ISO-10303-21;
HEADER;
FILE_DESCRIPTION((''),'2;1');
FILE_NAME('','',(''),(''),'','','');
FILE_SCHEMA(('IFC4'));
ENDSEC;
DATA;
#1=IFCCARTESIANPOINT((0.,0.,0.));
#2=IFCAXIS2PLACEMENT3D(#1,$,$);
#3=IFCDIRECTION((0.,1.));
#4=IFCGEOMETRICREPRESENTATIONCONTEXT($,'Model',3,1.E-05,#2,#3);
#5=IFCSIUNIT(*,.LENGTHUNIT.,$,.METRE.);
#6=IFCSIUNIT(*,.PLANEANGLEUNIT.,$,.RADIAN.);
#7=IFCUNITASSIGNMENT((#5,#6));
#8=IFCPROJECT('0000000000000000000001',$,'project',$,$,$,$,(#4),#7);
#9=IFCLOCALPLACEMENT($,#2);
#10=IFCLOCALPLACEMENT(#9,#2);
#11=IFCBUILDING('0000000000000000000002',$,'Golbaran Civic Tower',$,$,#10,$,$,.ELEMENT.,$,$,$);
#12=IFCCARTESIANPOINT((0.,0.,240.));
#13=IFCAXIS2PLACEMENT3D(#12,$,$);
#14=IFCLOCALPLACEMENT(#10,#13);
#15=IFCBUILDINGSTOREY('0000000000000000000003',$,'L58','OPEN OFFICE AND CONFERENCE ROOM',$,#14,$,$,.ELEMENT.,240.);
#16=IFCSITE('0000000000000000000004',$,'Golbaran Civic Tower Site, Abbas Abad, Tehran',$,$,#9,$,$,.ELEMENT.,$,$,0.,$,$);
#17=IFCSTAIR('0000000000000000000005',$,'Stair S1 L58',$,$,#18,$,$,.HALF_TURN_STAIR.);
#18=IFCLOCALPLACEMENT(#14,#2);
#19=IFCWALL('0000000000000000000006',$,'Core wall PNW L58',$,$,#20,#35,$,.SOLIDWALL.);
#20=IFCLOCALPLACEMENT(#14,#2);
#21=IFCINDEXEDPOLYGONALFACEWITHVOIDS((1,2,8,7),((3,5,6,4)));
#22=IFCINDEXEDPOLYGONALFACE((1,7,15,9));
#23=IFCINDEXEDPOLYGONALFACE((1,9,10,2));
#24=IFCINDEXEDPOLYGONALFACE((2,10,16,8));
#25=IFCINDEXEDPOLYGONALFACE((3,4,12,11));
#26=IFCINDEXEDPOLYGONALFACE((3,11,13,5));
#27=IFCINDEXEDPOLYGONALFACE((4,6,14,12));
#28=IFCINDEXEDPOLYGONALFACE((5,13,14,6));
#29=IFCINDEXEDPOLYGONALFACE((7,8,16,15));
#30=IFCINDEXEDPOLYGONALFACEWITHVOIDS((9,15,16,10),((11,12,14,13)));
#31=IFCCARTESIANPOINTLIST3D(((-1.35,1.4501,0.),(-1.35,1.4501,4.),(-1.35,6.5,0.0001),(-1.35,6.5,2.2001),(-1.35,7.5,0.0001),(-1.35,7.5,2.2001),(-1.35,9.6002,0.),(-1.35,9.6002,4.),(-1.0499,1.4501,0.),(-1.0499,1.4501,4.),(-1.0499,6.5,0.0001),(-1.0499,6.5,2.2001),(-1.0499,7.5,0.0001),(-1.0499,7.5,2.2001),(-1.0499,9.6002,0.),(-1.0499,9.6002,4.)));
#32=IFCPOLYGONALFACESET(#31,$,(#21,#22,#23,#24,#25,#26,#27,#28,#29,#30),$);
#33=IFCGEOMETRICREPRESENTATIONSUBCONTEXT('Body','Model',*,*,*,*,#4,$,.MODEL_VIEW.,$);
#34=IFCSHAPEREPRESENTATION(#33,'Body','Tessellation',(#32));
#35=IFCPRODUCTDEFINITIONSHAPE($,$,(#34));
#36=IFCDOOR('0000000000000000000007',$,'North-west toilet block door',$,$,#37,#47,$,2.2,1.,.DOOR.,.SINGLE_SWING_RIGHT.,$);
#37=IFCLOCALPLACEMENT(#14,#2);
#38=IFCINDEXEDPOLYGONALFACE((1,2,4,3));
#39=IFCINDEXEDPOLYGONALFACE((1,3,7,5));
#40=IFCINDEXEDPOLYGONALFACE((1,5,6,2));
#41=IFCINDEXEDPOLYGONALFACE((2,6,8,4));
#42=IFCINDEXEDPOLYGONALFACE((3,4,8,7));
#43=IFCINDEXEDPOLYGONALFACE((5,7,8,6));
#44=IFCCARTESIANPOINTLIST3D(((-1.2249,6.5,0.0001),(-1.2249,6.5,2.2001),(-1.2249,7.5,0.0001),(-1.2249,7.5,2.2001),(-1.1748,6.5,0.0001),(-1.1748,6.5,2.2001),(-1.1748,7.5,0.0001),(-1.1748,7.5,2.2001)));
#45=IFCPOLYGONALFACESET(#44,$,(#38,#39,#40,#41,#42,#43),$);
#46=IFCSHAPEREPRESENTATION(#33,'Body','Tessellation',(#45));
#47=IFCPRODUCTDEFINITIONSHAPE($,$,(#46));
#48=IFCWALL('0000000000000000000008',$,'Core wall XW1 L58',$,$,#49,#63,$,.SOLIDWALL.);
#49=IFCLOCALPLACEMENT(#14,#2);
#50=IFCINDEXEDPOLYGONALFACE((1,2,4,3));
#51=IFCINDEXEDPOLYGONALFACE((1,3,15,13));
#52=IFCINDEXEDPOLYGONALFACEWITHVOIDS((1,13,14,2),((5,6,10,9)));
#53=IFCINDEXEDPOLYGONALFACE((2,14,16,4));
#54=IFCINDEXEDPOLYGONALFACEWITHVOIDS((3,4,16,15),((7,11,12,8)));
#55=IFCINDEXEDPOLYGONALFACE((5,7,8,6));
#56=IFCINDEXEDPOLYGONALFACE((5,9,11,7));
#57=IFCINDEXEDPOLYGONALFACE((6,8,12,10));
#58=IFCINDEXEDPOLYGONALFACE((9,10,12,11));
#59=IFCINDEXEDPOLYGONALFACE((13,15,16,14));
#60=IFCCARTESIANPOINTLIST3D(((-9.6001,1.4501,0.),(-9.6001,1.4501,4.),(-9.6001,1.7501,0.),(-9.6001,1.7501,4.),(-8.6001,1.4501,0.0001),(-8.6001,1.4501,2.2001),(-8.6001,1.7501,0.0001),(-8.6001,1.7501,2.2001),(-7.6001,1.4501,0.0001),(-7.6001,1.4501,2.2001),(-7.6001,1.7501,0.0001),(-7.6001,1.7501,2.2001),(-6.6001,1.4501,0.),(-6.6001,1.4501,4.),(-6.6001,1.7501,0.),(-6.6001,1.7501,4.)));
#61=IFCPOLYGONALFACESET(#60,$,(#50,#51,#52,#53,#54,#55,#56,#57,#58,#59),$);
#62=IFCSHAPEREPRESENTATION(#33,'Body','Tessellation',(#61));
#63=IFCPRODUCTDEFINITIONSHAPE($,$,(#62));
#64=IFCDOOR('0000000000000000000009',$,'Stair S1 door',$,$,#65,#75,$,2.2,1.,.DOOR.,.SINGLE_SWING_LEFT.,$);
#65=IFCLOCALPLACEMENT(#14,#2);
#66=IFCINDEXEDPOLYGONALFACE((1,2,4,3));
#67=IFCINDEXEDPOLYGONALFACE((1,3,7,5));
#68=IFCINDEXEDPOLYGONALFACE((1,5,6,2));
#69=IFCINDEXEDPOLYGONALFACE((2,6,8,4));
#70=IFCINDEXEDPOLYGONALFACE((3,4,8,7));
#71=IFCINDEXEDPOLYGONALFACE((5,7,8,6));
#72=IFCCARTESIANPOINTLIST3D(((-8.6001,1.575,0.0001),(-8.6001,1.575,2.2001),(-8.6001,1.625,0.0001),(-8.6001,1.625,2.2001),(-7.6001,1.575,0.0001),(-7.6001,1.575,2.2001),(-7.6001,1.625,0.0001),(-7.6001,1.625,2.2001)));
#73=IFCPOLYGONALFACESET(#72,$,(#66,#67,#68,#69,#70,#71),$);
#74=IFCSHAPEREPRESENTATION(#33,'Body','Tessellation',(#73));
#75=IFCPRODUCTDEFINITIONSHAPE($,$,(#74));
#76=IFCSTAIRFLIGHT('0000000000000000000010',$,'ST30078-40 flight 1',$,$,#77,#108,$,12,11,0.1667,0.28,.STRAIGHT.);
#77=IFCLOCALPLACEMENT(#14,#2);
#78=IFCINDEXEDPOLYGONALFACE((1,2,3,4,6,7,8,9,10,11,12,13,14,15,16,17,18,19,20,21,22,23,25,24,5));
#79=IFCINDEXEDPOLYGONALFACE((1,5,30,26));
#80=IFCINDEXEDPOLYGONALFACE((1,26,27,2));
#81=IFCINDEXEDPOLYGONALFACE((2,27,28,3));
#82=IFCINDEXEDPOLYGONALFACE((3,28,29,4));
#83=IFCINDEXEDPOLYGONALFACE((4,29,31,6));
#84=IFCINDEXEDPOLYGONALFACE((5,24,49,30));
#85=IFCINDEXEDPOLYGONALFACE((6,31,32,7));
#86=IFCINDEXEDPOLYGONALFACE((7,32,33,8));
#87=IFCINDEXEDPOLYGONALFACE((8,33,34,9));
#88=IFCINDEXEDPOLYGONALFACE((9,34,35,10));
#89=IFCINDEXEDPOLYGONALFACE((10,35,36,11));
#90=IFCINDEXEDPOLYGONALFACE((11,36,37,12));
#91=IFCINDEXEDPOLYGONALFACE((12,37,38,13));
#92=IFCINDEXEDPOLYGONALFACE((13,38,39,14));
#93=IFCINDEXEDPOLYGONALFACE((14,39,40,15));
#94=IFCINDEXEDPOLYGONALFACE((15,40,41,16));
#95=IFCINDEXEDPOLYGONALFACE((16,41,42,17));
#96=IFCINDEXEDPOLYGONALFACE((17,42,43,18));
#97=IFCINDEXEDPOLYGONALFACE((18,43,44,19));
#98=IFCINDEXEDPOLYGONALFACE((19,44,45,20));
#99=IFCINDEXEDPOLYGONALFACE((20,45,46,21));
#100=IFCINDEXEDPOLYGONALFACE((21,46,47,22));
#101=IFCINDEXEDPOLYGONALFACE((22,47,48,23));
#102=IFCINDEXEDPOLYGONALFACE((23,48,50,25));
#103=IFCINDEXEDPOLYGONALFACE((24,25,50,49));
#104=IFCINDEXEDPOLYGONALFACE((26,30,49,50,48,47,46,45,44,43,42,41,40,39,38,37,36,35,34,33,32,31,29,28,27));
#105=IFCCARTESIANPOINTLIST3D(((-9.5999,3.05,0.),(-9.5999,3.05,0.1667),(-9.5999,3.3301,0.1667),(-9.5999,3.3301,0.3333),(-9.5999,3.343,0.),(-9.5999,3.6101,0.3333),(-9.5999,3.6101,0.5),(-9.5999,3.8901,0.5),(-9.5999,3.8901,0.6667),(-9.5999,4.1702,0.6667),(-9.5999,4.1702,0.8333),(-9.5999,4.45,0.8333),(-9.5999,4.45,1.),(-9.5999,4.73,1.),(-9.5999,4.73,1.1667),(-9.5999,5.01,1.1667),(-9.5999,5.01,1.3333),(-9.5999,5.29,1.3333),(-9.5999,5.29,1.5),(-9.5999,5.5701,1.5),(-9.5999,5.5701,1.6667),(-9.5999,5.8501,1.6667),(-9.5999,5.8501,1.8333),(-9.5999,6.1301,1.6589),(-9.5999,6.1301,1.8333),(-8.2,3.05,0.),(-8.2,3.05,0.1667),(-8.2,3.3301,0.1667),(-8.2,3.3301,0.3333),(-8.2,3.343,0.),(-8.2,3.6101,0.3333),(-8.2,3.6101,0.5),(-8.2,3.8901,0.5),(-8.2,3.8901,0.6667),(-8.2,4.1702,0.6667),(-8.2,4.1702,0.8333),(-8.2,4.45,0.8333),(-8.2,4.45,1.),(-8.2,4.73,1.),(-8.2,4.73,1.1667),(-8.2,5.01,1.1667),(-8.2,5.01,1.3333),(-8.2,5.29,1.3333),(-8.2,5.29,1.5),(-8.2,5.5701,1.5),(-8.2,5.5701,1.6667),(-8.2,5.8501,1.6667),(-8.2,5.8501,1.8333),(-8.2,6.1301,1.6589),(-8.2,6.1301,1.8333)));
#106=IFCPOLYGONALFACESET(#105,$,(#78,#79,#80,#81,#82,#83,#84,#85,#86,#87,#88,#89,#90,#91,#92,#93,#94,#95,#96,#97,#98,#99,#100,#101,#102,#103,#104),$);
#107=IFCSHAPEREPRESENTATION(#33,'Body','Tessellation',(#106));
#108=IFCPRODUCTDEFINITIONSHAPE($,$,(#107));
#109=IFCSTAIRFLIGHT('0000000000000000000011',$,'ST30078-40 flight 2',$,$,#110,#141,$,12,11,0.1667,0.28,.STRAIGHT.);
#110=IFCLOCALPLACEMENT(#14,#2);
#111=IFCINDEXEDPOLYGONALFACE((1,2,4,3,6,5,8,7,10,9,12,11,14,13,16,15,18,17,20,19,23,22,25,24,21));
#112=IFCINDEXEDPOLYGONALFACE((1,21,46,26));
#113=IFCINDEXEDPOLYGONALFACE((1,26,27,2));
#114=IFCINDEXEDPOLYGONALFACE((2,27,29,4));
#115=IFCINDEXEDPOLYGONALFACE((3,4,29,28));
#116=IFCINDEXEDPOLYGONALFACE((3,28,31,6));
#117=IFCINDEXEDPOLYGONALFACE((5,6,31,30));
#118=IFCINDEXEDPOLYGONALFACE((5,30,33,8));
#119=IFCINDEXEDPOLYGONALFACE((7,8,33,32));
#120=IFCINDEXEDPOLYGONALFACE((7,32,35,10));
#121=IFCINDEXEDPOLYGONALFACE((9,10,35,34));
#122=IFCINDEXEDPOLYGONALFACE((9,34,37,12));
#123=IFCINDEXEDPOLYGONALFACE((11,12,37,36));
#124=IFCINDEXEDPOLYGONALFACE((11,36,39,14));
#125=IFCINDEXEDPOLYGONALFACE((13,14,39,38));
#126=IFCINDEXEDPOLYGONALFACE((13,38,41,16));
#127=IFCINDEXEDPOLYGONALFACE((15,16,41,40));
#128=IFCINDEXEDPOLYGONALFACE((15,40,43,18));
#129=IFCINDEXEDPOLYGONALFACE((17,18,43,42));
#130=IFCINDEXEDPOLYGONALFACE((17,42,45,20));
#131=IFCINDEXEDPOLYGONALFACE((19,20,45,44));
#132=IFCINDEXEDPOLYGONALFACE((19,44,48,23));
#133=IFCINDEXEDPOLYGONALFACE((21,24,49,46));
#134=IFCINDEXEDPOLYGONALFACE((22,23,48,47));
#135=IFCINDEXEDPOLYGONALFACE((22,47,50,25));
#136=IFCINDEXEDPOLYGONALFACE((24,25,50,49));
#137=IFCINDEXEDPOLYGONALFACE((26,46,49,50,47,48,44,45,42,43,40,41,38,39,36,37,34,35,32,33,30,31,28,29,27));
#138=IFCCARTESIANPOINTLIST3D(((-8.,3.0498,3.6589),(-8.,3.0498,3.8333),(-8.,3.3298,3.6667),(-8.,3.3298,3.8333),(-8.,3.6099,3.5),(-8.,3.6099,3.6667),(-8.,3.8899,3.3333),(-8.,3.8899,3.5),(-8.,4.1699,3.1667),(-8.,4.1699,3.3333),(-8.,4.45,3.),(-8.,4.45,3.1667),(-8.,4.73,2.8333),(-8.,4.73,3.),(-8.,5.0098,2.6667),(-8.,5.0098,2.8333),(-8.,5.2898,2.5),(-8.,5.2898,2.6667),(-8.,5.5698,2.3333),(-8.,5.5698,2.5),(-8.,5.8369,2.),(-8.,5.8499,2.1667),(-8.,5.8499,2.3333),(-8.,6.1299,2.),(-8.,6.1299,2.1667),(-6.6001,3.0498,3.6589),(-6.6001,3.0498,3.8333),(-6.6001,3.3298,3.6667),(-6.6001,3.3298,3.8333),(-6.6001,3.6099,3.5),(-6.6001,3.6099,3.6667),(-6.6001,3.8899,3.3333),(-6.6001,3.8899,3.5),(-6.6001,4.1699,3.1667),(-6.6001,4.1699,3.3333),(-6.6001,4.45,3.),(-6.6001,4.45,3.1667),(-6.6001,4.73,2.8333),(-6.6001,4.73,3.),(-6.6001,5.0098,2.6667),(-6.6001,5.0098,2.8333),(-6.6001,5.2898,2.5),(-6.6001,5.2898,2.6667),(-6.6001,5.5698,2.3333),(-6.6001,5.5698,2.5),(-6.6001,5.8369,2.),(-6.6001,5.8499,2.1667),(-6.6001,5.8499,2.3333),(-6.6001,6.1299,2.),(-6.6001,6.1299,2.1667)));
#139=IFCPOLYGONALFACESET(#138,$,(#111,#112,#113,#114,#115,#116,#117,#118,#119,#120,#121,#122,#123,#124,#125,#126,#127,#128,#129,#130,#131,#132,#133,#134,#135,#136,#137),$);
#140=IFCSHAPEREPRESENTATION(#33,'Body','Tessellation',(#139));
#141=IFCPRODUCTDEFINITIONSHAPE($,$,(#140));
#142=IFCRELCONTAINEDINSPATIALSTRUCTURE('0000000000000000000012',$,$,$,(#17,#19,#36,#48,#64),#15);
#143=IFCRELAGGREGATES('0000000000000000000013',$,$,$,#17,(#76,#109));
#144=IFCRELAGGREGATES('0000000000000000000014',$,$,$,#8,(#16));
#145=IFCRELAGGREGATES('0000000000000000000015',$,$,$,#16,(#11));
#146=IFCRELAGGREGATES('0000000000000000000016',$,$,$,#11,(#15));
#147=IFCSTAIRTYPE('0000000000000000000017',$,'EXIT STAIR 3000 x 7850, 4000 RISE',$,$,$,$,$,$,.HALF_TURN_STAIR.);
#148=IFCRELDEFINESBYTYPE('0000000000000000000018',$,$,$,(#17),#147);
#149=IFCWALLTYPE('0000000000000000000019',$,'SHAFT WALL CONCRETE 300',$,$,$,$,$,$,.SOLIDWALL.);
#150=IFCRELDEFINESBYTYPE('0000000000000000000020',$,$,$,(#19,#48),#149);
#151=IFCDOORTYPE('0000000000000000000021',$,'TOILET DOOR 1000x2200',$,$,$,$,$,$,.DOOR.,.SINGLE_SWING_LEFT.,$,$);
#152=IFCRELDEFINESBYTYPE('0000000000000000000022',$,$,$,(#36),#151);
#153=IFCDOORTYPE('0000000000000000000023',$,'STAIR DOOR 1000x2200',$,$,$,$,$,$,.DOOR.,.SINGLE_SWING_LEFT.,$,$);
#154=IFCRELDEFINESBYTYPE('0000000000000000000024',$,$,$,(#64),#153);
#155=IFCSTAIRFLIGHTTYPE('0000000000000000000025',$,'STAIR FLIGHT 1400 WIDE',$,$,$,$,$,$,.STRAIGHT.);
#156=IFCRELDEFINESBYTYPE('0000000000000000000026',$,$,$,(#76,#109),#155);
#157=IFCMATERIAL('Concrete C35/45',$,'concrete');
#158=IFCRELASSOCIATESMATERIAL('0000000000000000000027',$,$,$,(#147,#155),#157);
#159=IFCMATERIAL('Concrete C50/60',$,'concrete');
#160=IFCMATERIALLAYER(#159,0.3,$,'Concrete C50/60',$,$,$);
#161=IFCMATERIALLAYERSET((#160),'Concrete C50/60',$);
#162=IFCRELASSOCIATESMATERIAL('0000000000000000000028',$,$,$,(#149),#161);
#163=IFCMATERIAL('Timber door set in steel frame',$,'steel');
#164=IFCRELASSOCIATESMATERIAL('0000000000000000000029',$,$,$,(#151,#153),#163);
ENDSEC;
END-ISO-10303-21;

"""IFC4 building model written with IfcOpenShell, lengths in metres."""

from ifc_helpers import new_model, si_unit, direction, frame, frame_2d, origin, place, context, subcontext, project, spatial, polyline, rectangle, outline, extrude, material, layer, layer_set, type_object, element, fill, aggregate, save


model = new_model("IFC4")

# Units and contexts
model_context = context("Model", 3, precision=1e-05, world=origin(), true_north=direction((0.0, 1.0)))
body_context = subcontext(model_context, "Body", "Model", "MODEL_VIEW")
ifc_project = project(units=[si_unit("LENGTHUNIT", "METRE"), si_unit("PLANEANGLEUNIT", "RADIAN")], contexts=[model_context])

# Site, building, storey
site_placement = place(None, origin())
site = spatial("IfcSite", under=ifc_project, at=site_placement, Name="Golbaran Civic Tower Site, Abbas Abad, Tehran", CompositionType="ELEMENT", RefElevation=0.0)
building_placement = place(site_placement, origin())
building = spatial("IfcBuilding", under=site, at=building_placement, Name="Golbaran Civic Tower", CompositionType="ELEMENT")
storey_placement = place(building_placement, frame((0.0, 0.0, 240.0)))
storey = spatial("IfcBuildingStorey", under=building, at=storey_placement, Name="L58", Description="OPEN OFFICE AND CONFERENCE ROOM", CompositionType="ELEMENT", Elevation=240.0)

# Shared definitions
ifc_material_1 = material(Name="Concrete C35/45", Category="concrete")

# Stair
stair_type = type_object("IfcStairType", Name="EXIT STAIR 3000 x 7850, 4000 RISE", PredefinedType="HALF_TURN_STAIR", material=ifc_material_1)
stair_placement = place(storey_placement, origin())
stair = element("IfcStair", 1, at=stair_placement, inside=storey, type_object=stair_type, Name="Stair S1 L58", PredefinedType="HALF_TURN_STAIR")

# Shared definitions
ifc_material_2 = material(Name="Concrete C50/60", Category="concrete")
ifc_material_3 = material(Name="Timber door set in steel frame", Category="steel")

# Shared definitions
ifc_layer_1 = layer(ifc_material_2, 0.3, Name="Concrete C50/60")
ifc_layer_set_1 = layer_set([ifc_layer_1], Name="Concrete C50/60")
wall_type_1 = type_object("IfcWallType", Name="SHAFT WALL CONCRETE 300", PredefinedType="SOLIDWALL", material=ifc_layer_set_1)

# Walls, openings, doors
wall_1_placement = place(storey_placement, frame((-1.2, 1.45, 0.0), z_axis=(0.0, 0.0, 1.0), x_axis=(0.0, 1.0, 0.0)))
wall_1 = element("IfcWall", 2, at=wall_1_placement, inside=storey, type_object=wall_type_1, Name="Core wall PNW L58", PredefinedType="SOLIDWALL", context=body_context, shape_type="SweptSolid", body=[
    extrude(rectangle(XDim=8.1501, YDim=0.3, at=frame_2d((4.0752, 0.0))), origin(), (0.0, 0.0, 1.0), 4.0),
])
opening_1_placement = place(wall_1_placement, frame((5.05, 0.0, 0.0)))
opening_1 = element("IfcOpeningElement", 3, at=opening_1_placement, cuts=wall_1, PredefinedType="OPENING", context=body_context, shape_type="SweptSolid", body=[
    extrude(rectangle(XDim=1.0, YDim=2.2, at=frame_2d((0.5, 1.1001))), frame((0.0, 0.1599, 0.0), z_axis=(0.0, -1.0, 0.0), x_axis=(1.0, 0.0, 0.0)), (0.0, 0.0, 1.0), 0.3201),
])
door_type_1 = type_object("IfcDoorType", Name="TOILET DOOR 1000x2200", OperationType="SINGLE_SWING_LEFT", PredefinedType="DOOR", material=ifc_material_3)
door_1_placement = place(opening_1_placement, origin())
door_1 = element("IfcDoor", 4, at=door_1_placement, inside=storey, type_object=door_type_1, Name="North-west toilet block door", OperationType="SINGLE_SWING_RIGHT", OverallHeight=2.2, OverallWidth=1.0, PredefinedType="DOOR", context=body_context, shape_type="SweptSolid", body=[
    extrude(rectangle(XDim=1.0, YDim=2.2, at=frame_2d((0.5, 1.1001))), frame((0.0, 0.0249, 0.0), z_axis=(0.0, -1.0, 0.0), x_axis=(1.0, 0.0, 0.0)), (0.0, 0.0, 1.0), 0.05),
])
fill(opening_1, door_1)
wall_2_placement = place(storey_placement, frame((-9.6001, 1.6001, 0.0), z_axis=(0.0, 0.0, 1.0), x_axis=(1.0, 0.0, 0.0)))
wall_2 = element("IfcWall", 5, at=wall_2_placement, inside=storey, type_object=wall_type_1, Name="Core wall XW1 L58", PredefinedType="SOLIDWALL", context=body_context, shape_type="SweptSolid", body=[
    extrude(rectangle(XDim=3.0, YDim=0.3, at=frame_2d((1.5, 0.0))), origin(), (0.0, 0.0, 1.0), 4.0),
])
opening_2_placement = place(wall_2_placement, frame((1.0, 0.0, 0.0)))
opening_2 = element("IfcOpeningElement", 6, at=opening_2_placement, cuts=wall_2, PredefinedType="OPENING", context=body_context, shape_type="SweptSolid", body=[
    extrude(rectangle(XDim=1.0, YDim=2.2, at=frame_2d((0.5, 1.1001))), frame((0.0, 0.1599, 0.0), z_axis=(0.0, -1.0, 0.0), x_axis=(1.0, 0.0, 0.0)), (0.0, 0.0, 1.0), 0.3201),
])
door_type_2 = type_object("IfcDoorType", Name="STAIR DOOR 1000x2200", OperationType="SINGLE_SWING_LEFT", PredefinedType="DOOR", material=ifc_material_3)
door_2_placement = place(opening_2_placement, origin())
door_2 = element("IfcDoor", 7, at=door_2_placement, inside=storey, type_object=door_type_2, Name="Stair S1 door", OperationType="SINGLE_SWING_LEFT", OverallHeight=2.2, OverallWidth=1.0, PredefinedType="DOOR", context=body_context, shape_type="SweptSolid", body=[
    extrude(rectangle(XDim=1.0, YDim=2.2, at=frame_2d((0.5, 1.1001))), frame((0.0, 0.0249, 0.0), z_axis=(0.0, -1.0, 0.0), x_axis=(1.0, 0.0, 0.0)), (0.0, 0.0, 1.0), 0.05),
])
fill(opening_2, door_2)

# Stair flights
stair_flight_type = type_object("IfcStairFlightType", Name="STAIR FLIGHT 1400 WIDE", PredefinedType="STRAIGHT", material=ifc_material_1)
stair_flight_1_placement = place(storey_placement, frame((-8.8999, 3.05, 0.0), z_axis=(0.0, 0.0, 1.0), x_axis=(0.0, 1.0, 0.0)))
stair_flight_1 = element("IfcStairFlight", 8, at=stair_flight_1_placement, type_object=stair_flight_type, Name="ST30078-40 flight 1", NumberOfRisers=12, NumberOfTreads=11, PredefinedType="STRAIGHT", RiserHeight=0.1667, TreadLength=0.28, context=body_context, shape_type="SweptSolid", body=[
    extrude(outline(polyline([(0.0, 0.0), (0.0, 0.1667), (0.28, 0.1667), (0.28, 0.3333), (0.5601, 0.3333), (0.5601, 0.5), (0.8401, 0.5), (0.8401, 0.6667), (1.1201, 0.6667), (1.1201, 0.8333), (1.3999, 0.8333), (1.3999, 1.0), (1.6799, 1.0), (1.6799, 1.1667), (1.96, 1.1667), (1.96, 1.3333), (2.24, 1.3333), (2.24, 1.5), (2.52, 1.5), (2.52, 1.6667), (2.8, 1.6667), (2.8, 1.8333), (3.0801, 1.8333), (3.0801, 2.0), (3.0801, 1.6589), (0.293, 0.0), (0.0, 0.0)])), frame((0.0, 0.7, 0.0), z_axis=(0.0, -1.0, 0.0), x_axis=(1.0, 0.0, 0.0)), (0.0, 0.0, 1.0), 1.3999),
])
stair_flight_2_placement = place(storey_placement, frame((-7.3, 6.1299, 2.0), z_axis=(0.0, 0.0, 1.0), x_axis=(0.0, -1.0, 0.0)))
stair_flight_2 = element("IfcStairFlight", 9, at=stair_flight_2_placement, type_object=stair_flight_type, Name="ST30078-40 flight 2", NumberOfRisers=12, NumberOfTreads=11, PredefinedType="STRAIGHT", RiserHeight=0.1667, TreadLength=0.28, context=body_context, shape_type="SweptSolid", body=[
    extrude(outline(polyline([(0.0, 0.0), (0.0, 0.1667), (0.28, 0.1667), (0.28, 0.3333), (0.5601, 0.3333), (0.5601, 0.5), (0.8401, 0.5), (0.8401, 0.6667), (1.1201, 0.6667), (1.1201, 0.8333), (1.3999, 0.8333), (1.3999, 1.0), (1.6799, 1.0), (1.6799, 1.1667), (1.96, 1.1667), (1.96, 1.3333), (2.24, 1.3333), (2.24, 1.5), (2.52, 1.5), (2.52, 1.6667), (2.8, 1.6667), (2.8, 1.8333), (3.0801, 1.8333), (3.0801, 2.0), (3.0801, 1.6589), (0.293, 0.0), (0.0, 0.0)])), frame((0.0, 0.7, 0.0), z_axis=(0.0, -1.0, 0.0), x_axis=(1.0, 0.0, 0.0)), (0.0, 0.0, 1.0), 1.3999),
])
aggregate(stair, [stair_flight_1, stair_flight_2])

save(model, "model.ifc")
